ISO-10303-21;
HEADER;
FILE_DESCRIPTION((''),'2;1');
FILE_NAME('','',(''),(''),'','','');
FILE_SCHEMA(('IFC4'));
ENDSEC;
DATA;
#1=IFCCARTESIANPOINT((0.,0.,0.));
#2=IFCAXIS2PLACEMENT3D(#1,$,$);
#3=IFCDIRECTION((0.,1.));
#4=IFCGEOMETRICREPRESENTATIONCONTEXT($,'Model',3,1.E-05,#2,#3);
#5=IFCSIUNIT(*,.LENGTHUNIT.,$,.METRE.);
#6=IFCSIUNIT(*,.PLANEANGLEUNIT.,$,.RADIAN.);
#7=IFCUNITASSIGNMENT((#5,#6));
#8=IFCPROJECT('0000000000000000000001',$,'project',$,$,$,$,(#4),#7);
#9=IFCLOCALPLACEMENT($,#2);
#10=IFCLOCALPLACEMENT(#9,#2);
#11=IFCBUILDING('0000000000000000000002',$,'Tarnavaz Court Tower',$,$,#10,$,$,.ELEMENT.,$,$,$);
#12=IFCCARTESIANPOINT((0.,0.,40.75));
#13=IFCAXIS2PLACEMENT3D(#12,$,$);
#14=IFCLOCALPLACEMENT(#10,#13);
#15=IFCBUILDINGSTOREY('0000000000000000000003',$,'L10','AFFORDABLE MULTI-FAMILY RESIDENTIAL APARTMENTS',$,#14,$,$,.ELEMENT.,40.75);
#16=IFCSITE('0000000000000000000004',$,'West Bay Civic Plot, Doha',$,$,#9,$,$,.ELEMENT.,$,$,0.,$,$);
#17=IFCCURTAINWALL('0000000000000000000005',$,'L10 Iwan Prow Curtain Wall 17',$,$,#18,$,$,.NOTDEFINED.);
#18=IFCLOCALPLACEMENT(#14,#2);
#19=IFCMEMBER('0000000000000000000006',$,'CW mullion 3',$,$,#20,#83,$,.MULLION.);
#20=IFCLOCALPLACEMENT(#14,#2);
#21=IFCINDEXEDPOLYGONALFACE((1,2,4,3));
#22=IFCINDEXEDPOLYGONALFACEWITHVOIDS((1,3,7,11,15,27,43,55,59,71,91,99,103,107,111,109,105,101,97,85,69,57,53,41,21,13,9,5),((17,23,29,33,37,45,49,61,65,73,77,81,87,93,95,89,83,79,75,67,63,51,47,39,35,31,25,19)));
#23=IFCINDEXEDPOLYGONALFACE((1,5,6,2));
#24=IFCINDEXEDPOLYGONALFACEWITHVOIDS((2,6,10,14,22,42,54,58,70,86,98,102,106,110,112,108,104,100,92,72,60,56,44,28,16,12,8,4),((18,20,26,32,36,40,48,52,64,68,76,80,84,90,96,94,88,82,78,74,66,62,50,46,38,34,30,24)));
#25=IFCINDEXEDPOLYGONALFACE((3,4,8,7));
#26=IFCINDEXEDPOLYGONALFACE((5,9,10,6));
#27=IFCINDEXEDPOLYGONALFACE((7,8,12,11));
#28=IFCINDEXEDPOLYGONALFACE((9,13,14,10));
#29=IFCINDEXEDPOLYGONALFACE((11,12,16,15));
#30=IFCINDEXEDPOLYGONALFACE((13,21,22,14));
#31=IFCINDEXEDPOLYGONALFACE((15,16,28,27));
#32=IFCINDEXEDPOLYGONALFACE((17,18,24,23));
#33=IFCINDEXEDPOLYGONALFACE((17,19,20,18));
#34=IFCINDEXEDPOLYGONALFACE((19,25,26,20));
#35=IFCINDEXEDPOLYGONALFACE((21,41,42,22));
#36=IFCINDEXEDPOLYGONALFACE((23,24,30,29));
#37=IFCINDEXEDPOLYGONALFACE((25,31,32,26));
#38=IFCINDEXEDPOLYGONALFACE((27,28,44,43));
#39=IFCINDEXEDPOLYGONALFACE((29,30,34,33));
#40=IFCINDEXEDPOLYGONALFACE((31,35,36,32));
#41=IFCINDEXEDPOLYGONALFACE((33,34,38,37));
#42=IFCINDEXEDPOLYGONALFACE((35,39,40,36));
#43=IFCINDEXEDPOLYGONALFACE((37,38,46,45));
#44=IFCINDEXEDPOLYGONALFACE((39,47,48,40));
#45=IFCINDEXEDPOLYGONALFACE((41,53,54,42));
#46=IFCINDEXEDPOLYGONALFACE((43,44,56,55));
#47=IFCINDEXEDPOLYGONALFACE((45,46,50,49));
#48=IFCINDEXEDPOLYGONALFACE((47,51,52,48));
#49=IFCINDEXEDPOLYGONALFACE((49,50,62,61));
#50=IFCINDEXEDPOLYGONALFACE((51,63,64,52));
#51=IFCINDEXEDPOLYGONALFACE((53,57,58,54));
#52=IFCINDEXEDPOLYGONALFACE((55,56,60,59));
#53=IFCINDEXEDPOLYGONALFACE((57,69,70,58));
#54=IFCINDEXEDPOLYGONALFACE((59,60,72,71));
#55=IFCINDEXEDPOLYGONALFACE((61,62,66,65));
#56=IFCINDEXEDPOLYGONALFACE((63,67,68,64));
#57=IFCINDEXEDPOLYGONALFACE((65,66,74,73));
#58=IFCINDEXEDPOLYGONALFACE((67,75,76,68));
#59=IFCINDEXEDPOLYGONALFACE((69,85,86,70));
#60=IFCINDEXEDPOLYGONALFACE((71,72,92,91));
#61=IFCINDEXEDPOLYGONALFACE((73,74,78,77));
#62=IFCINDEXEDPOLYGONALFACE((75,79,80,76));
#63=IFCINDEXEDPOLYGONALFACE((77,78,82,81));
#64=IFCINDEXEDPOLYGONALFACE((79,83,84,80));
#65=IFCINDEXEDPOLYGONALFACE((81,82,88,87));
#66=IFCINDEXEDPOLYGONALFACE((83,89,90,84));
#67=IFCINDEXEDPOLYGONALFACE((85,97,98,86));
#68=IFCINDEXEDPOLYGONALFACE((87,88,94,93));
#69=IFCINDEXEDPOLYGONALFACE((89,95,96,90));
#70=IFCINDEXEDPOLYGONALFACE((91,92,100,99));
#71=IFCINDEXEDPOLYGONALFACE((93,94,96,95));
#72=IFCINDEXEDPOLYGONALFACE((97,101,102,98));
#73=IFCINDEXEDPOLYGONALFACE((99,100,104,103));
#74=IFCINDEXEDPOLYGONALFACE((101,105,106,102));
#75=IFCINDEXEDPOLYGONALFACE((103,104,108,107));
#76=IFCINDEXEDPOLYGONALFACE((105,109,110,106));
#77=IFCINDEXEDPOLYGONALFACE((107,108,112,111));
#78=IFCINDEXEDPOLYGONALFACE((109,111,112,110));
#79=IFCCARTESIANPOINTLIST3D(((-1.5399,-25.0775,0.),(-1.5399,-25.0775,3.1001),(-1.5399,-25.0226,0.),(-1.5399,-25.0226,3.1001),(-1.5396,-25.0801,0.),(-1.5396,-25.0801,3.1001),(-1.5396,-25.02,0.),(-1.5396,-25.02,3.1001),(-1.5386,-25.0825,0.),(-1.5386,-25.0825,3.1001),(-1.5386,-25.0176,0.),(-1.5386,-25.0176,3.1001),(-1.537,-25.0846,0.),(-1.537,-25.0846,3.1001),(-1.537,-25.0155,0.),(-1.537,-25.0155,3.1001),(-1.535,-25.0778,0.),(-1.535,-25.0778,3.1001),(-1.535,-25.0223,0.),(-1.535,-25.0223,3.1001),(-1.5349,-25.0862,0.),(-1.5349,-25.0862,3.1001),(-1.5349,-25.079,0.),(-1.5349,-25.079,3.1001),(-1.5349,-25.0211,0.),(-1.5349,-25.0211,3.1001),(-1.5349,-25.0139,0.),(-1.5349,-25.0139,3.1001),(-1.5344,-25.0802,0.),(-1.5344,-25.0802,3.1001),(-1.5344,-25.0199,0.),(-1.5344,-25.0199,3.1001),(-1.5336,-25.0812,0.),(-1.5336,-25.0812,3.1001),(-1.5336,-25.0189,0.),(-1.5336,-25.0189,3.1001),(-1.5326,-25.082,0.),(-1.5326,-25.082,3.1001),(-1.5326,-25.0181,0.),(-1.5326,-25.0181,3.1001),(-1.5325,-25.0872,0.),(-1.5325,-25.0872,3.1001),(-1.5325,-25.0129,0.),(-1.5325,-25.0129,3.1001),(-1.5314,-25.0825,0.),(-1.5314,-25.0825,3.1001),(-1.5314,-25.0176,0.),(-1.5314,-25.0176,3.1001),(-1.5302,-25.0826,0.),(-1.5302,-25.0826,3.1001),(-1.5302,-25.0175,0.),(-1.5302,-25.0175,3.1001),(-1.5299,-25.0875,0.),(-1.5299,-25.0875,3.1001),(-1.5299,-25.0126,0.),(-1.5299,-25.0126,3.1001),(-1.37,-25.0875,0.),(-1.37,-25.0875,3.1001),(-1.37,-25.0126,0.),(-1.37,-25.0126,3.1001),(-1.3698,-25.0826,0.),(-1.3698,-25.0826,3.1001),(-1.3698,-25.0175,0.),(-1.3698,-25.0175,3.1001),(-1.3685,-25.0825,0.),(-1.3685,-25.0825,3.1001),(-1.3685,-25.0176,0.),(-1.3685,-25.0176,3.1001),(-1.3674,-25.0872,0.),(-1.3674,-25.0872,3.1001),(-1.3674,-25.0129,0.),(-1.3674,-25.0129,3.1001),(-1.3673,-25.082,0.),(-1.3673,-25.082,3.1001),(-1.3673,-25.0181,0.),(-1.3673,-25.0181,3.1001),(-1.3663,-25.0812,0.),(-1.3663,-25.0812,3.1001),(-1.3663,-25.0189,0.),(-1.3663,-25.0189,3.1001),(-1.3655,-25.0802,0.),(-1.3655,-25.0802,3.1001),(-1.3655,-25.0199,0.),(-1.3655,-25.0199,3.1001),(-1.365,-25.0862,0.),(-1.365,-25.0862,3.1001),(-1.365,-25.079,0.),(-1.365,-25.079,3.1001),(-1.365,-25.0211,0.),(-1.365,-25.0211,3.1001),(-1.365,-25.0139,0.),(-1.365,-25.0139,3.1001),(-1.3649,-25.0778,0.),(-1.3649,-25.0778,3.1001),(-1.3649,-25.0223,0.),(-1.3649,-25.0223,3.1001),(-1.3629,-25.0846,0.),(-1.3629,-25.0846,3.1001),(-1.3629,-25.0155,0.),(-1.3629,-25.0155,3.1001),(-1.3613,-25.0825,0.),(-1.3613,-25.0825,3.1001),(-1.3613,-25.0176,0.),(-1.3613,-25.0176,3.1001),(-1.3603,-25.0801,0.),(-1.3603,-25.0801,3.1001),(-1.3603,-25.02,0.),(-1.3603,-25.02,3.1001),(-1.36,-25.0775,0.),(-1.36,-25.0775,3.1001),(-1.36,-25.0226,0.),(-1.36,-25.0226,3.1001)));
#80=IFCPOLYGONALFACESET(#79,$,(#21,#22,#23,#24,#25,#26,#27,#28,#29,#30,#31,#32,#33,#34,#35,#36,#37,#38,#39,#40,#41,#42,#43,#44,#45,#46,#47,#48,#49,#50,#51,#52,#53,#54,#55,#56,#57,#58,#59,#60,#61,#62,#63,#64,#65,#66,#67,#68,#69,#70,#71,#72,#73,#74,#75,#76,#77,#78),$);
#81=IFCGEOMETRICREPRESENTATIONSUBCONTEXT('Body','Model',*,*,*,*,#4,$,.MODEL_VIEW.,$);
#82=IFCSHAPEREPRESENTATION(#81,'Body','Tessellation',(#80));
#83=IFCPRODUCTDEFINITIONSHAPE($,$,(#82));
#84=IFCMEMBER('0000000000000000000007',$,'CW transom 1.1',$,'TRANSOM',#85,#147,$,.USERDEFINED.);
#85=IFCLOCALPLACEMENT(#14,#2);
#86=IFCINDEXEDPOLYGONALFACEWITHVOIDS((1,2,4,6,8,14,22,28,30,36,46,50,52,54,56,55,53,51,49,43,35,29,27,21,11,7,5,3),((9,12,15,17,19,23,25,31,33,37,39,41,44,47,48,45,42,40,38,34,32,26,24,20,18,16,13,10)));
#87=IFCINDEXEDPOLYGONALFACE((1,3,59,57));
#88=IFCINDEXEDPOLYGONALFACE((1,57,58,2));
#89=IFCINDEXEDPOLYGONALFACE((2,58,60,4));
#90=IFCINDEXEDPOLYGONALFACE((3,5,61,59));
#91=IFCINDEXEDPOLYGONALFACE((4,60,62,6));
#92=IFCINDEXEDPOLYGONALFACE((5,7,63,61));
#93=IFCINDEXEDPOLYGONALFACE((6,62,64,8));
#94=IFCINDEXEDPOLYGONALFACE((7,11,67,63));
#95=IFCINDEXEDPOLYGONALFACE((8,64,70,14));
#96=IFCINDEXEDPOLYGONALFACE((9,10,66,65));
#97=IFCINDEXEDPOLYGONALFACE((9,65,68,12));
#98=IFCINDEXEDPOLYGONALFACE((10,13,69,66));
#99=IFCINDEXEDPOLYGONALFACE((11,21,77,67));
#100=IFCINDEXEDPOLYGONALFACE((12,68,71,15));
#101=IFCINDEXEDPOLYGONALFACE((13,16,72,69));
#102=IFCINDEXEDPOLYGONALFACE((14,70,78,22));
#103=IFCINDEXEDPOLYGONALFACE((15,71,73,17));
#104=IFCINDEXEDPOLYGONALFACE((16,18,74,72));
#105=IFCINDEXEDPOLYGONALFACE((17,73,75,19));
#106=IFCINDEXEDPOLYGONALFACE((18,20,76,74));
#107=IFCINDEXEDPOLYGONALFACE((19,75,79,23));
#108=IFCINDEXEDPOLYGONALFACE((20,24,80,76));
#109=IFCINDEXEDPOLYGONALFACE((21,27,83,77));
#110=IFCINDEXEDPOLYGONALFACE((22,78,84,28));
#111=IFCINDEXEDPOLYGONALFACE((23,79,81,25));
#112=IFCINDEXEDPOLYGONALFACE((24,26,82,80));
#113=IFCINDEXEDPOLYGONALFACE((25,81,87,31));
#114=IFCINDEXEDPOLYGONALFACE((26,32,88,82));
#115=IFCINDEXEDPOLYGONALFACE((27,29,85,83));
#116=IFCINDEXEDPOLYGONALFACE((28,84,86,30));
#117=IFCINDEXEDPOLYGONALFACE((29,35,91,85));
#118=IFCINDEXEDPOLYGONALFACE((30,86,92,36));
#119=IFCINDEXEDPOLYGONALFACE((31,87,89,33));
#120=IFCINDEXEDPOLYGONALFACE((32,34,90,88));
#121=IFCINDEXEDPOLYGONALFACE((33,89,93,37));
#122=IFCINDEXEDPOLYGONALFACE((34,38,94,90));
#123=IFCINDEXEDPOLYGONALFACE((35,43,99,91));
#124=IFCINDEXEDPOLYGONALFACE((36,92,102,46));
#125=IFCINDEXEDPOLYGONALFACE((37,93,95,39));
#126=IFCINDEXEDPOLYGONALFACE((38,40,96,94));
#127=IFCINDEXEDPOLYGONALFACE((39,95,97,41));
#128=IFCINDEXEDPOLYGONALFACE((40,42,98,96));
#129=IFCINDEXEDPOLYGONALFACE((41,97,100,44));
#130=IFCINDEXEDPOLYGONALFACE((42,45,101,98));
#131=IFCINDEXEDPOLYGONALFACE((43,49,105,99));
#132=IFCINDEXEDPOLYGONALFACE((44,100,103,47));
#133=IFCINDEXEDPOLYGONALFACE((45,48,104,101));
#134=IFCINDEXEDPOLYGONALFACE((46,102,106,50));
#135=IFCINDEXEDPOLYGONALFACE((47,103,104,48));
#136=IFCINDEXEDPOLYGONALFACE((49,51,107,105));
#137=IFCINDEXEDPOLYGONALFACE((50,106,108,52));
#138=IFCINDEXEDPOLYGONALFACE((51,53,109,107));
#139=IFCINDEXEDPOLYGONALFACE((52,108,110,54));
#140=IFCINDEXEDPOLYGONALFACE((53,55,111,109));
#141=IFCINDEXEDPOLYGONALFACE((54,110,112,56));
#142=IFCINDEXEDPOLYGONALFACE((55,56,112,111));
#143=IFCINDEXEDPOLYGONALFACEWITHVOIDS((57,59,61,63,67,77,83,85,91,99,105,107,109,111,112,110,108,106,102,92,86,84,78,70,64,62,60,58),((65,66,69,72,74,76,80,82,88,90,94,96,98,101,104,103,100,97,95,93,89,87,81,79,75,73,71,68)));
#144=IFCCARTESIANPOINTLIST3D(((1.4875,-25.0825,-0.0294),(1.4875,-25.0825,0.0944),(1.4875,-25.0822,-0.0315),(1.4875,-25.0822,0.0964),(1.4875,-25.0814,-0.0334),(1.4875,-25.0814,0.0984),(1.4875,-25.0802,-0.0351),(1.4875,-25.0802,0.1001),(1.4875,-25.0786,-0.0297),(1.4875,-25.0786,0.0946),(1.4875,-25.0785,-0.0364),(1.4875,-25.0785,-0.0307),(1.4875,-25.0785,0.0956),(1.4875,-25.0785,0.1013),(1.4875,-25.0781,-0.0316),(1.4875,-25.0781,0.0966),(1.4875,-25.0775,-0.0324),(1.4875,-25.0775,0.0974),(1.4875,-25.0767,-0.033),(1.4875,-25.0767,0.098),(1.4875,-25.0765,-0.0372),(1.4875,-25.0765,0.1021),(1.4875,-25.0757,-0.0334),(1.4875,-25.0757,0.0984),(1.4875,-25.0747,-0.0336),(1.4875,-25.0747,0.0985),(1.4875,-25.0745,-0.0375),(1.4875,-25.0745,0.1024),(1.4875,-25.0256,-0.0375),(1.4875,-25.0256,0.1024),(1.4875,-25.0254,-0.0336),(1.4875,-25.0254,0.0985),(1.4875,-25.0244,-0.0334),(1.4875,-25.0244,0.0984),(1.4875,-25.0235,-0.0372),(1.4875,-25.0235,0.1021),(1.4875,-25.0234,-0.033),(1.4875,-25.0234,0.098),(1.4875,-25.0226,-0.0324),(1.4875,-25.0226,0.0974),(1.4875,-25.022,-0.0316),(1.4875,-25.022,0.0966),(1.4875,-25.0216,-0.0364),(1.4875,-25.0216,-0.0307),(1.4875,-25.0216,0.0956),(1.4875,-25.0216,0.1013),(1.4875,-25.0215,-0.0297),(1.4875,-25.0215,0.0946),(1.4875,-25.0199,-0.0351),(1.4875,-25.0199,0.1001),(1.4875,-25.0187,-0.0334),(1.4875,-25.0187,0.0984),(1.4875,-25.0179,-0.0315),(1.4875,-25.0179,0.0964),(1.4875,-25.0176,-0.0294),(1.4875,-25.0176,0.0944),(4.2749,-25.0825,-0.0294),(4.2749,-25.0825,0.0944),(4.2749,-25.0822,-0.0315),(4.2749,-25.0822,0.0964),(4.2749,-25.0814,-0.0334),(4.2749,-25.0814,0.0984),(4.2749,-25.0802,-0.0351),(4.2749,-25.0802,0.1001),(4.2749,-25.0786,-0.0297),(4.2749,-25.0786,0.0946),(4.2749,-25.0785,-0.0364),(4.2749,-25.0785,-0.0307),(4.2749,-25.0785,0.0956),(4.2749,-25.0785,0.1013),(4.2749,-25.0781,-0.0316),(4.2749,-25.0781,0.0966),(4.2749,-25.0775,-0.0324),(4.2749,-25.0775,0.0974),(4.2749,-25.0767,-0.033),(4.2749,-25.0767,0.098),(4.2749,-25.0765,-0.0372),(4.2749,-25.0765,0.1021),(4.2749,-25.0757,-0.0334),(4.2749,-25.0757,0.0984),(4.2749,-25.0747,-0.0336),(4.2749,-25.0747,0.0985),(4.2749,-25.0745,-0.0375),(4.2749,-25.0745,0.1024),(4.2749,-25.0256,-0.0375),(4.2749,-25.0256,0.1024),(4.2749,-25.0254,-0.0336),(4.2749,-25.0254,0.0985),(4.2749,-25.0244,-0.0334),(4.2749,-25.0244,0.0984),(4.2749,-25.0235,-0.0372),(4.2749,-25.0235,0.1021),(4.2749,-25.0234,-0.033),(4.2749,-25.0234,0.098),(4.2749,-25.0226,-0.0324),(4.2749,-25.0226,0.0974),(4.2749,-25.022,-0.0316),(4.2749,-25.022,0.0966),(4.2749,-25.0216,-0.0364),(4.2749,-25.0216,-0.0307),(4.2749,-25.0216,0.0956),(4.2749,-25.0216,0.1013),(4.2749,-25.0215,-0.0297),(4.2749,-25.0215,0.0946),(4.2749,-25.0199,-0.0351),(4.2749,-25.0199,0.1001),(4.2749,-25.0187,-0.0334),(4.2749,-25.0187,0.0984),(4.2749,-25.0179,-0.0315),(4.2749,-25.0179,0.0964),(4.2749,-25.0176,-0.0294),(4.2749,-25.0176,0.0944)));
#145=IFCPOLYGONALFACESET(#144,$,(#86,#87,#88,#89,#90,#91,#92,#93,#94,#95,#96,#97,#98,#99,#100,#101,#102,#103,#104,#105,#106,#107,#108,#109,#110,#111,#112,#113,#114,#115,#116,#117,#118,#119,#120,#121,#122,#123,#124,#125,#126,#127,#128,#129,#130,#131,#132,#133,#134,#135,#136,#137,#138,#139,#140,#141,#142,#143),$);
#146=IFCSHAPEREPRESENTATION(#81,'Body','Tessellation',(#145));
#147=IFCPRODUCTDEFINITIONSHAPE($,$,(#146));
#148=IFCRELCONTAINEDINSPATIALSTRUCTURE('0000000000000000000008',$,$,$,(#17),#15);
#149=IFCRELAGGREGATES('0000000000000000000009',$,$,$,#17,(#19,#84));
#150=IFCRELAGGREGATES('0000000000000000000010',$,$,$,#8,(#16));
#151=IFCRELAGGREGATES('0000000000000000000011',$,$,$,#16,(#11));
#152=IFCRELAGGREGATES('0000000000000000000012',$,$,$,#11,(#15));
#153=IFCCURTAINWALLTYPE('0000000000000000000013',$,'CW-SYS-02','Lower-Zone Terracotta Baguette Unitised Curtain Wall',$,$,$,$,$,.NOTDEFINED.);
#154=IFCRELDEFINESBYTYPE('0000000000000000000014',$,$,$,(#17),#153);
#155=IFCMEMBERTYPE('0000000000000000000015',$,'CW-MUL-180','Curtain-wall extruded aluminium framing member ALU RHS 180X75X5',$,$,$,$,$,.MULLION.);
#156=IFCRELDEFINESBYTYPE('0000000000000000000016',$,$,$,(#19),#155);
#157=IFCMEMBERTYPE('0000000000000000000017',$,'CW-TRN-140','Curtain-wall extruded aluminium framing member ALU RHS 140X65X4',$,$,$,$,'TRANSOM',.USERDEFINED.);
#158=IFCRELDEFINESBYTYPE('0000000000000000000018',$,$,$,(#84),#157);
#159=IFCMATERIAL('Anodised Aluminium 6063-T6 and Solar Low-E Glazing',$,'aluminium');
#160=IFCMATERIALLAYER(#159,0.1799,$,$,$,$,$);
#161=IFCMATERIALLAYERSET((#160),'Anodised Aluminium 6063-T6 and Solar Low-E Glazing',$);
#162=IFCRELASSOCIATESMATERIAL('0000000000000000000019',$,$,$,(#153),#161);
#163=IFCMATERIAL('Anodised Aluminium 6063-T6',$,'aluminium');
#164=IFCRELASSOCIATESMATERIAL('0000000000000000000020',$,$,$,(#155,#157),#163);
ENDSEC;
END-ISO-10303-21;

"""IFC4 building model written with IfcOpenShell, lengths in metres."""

from ifc_helpers import new_model, si_unit, direction, frame, origin, origin_2d, place, context, subcontext, project, spatial, hollow_rectangle, extrude, material, layer, layer_set, material_profile, profile_set, type_object, element, aggregate, save


model = new_model("IFC4")

# Units and contexts
model_context = context("Model", 3, precision=1e-05, world=origin(), true_north=direction((0.0, 1.0)))
body_context = subcontext(model_context, "Body", "Model", "MODEL_VIEW")
ifc_project = project(units=[si_unit("LENGTHUNIT", "METRE"), si_unit("PLANEANGLEUNIT", "RADIAN")], contexts=[model_context])

# Site, building, storey
site_placement = place(None, origin())
site = spatial("IfcSite", under=ifc_project, at=site_placement, Name="West Bay Civic Plot, Doha", CompositionType="ELEMENT", RefElevation=0.0)
building_placement = place(site_placement, origin())
building = spatial("IfcBuilding", under=site, at=building_placement, Name="Tarnavaz Court Tower", CompositionType="ELEMENT")
storey_placement = place(building_placement, frame((0.0, 0.0, 40.75)))
storey = spatial("IfcBuildingStorey", under=building, at=storey_placement, Name="L10", Description="AFFORDABLE MULTI-FAMILY RESIDENTIAL APARTMENTS", CompositionType="ELEMENT", Elevation=40.75)

# Curtain wall, members
ifc_material_1 = material(Name="Anodised Aluminium 6063-T6 and Solar Low-E Glazing", Category="aluminium")
ifc_layer_1 = layer(ifc_material_1, 0.1799)
ifc_layer_set_1 = layer_set([ifc_layer_1], Name="Anodised Aluminium 6063-T6 and Solar Low-E Glazing")
curtain_wall_type = type_object("IfcCurtainWallType", Name="CW-SYS-02", Description="Lower-Zone Terracotta Baguette Unitised Curtain Wall", PredefinedType="NOTDEFINED", material=ifc_layer_set_1)
curtain_wall_placement = place(storey_placement, origin())
curtain_wall = element("IfcCurtainWall", 1, at=curtain_wall_placement, inside=storey, type_object=curtain_wall_type, Name="L10 Iwan Prow Curtain Wall 17", PredefinedType="NOTDEFINED")
ifc_material_2 = material(Name="Anodised Aluminium 6063-T6", Category="aluminium")
ifc_material_profile_1 = material_profile(ifc_material_2, hollow_rectangle(XDim=0.075, YDim=0.1799, WallThickness=0.0049, InnerFilletRadius=0.0049, OuterFilletRadius=0.01, at=origin_2d()), Name="ALU RHS 180X75X5")
ifc_profile_set_1 = profile_set([ifc_material_profile_1], Name="Anodised Aluminium 6063-T6")
member_type_1 = type_object("IfcMemberType", Name="CW-MUL-180", Description="Curtain-wall extruded aluminium framing member ALU RHS 180X75X5", PredefinedType="MULLION", material=ifc_profile_set_1)
member_1_placement = place(storey_placement, frame((-1.45, -25.05, 0.0), z_axis=(0.0, 0.0, 1.0), x_axis=(0.0, -1.0, 0.0)))
member_1 = element("IfcMember", 2, at=member_1_placement, type_object=member_type_1, Name="CW mullion 3", PredefinedType="MULLION", context=body_context, shape_type="SweptSolid", body=[
    extrude(hollow_rectangle(XDim=0.075, YDim=0.1799, WallThickness=0.0049, InnerFilletRadius=0.0049, OuterFilletRadius=0.01, at=origin_2d()), origin(), (0.0, 0.0, 1.0), 3.1001),
])
ifc_material_profile_2 = material_profile(ifc_material_2, hollow_rectangle(XDim=0.0649, YDim=0.1399, WallThickness=0.0039, InnerFilletRadius=0.0039, OuterFilletRadius=0.0081, at=origin_2d()), Name="ALU RHS 140X65X4")
ifc_profile_set_2 = profile_set([ifc_material_profile_2], Name="Anodised Aluminium 6063-T6")
member_type_2 = type_object("IfcMemberType", Name="CW-TRN-140", Description="Curtain-wall extruded aluminium framing member ALU RHS 140X65X4", ElementType="TRANSOM", PredefinedType="USERDEFINED", material=ifc_profile_set_2)
member_2_placement = place(storey_placement, frame((4.2749, -25.05, 0.0325), z_axis=(-1.0, 0.0, 0.0), x_axis=(0.0, -1.0, 0.0)))
member_2 = element("IfcMember", 3, at=member_2_placement, type_object=member_type_2, Name="CW transom 1.1", ObjectType="TRANSOM", PredefinedType="USERDEFINED", context=body_context, shape_type="SweptSolid", body=[
    extrude(hollow_rectangle(XDim=0.0649, YDim=0.1399, WallThickness=0.0039, InnerFilletRadius=0.0039, OuterFilletRadius=0.0081, at=origin_2d()), origin(), (0.0, 0.0, 1.0), 2.7874),
])
aggregate(curtain_wall, [member_1, member_2])

save(model, "model.ifc")
